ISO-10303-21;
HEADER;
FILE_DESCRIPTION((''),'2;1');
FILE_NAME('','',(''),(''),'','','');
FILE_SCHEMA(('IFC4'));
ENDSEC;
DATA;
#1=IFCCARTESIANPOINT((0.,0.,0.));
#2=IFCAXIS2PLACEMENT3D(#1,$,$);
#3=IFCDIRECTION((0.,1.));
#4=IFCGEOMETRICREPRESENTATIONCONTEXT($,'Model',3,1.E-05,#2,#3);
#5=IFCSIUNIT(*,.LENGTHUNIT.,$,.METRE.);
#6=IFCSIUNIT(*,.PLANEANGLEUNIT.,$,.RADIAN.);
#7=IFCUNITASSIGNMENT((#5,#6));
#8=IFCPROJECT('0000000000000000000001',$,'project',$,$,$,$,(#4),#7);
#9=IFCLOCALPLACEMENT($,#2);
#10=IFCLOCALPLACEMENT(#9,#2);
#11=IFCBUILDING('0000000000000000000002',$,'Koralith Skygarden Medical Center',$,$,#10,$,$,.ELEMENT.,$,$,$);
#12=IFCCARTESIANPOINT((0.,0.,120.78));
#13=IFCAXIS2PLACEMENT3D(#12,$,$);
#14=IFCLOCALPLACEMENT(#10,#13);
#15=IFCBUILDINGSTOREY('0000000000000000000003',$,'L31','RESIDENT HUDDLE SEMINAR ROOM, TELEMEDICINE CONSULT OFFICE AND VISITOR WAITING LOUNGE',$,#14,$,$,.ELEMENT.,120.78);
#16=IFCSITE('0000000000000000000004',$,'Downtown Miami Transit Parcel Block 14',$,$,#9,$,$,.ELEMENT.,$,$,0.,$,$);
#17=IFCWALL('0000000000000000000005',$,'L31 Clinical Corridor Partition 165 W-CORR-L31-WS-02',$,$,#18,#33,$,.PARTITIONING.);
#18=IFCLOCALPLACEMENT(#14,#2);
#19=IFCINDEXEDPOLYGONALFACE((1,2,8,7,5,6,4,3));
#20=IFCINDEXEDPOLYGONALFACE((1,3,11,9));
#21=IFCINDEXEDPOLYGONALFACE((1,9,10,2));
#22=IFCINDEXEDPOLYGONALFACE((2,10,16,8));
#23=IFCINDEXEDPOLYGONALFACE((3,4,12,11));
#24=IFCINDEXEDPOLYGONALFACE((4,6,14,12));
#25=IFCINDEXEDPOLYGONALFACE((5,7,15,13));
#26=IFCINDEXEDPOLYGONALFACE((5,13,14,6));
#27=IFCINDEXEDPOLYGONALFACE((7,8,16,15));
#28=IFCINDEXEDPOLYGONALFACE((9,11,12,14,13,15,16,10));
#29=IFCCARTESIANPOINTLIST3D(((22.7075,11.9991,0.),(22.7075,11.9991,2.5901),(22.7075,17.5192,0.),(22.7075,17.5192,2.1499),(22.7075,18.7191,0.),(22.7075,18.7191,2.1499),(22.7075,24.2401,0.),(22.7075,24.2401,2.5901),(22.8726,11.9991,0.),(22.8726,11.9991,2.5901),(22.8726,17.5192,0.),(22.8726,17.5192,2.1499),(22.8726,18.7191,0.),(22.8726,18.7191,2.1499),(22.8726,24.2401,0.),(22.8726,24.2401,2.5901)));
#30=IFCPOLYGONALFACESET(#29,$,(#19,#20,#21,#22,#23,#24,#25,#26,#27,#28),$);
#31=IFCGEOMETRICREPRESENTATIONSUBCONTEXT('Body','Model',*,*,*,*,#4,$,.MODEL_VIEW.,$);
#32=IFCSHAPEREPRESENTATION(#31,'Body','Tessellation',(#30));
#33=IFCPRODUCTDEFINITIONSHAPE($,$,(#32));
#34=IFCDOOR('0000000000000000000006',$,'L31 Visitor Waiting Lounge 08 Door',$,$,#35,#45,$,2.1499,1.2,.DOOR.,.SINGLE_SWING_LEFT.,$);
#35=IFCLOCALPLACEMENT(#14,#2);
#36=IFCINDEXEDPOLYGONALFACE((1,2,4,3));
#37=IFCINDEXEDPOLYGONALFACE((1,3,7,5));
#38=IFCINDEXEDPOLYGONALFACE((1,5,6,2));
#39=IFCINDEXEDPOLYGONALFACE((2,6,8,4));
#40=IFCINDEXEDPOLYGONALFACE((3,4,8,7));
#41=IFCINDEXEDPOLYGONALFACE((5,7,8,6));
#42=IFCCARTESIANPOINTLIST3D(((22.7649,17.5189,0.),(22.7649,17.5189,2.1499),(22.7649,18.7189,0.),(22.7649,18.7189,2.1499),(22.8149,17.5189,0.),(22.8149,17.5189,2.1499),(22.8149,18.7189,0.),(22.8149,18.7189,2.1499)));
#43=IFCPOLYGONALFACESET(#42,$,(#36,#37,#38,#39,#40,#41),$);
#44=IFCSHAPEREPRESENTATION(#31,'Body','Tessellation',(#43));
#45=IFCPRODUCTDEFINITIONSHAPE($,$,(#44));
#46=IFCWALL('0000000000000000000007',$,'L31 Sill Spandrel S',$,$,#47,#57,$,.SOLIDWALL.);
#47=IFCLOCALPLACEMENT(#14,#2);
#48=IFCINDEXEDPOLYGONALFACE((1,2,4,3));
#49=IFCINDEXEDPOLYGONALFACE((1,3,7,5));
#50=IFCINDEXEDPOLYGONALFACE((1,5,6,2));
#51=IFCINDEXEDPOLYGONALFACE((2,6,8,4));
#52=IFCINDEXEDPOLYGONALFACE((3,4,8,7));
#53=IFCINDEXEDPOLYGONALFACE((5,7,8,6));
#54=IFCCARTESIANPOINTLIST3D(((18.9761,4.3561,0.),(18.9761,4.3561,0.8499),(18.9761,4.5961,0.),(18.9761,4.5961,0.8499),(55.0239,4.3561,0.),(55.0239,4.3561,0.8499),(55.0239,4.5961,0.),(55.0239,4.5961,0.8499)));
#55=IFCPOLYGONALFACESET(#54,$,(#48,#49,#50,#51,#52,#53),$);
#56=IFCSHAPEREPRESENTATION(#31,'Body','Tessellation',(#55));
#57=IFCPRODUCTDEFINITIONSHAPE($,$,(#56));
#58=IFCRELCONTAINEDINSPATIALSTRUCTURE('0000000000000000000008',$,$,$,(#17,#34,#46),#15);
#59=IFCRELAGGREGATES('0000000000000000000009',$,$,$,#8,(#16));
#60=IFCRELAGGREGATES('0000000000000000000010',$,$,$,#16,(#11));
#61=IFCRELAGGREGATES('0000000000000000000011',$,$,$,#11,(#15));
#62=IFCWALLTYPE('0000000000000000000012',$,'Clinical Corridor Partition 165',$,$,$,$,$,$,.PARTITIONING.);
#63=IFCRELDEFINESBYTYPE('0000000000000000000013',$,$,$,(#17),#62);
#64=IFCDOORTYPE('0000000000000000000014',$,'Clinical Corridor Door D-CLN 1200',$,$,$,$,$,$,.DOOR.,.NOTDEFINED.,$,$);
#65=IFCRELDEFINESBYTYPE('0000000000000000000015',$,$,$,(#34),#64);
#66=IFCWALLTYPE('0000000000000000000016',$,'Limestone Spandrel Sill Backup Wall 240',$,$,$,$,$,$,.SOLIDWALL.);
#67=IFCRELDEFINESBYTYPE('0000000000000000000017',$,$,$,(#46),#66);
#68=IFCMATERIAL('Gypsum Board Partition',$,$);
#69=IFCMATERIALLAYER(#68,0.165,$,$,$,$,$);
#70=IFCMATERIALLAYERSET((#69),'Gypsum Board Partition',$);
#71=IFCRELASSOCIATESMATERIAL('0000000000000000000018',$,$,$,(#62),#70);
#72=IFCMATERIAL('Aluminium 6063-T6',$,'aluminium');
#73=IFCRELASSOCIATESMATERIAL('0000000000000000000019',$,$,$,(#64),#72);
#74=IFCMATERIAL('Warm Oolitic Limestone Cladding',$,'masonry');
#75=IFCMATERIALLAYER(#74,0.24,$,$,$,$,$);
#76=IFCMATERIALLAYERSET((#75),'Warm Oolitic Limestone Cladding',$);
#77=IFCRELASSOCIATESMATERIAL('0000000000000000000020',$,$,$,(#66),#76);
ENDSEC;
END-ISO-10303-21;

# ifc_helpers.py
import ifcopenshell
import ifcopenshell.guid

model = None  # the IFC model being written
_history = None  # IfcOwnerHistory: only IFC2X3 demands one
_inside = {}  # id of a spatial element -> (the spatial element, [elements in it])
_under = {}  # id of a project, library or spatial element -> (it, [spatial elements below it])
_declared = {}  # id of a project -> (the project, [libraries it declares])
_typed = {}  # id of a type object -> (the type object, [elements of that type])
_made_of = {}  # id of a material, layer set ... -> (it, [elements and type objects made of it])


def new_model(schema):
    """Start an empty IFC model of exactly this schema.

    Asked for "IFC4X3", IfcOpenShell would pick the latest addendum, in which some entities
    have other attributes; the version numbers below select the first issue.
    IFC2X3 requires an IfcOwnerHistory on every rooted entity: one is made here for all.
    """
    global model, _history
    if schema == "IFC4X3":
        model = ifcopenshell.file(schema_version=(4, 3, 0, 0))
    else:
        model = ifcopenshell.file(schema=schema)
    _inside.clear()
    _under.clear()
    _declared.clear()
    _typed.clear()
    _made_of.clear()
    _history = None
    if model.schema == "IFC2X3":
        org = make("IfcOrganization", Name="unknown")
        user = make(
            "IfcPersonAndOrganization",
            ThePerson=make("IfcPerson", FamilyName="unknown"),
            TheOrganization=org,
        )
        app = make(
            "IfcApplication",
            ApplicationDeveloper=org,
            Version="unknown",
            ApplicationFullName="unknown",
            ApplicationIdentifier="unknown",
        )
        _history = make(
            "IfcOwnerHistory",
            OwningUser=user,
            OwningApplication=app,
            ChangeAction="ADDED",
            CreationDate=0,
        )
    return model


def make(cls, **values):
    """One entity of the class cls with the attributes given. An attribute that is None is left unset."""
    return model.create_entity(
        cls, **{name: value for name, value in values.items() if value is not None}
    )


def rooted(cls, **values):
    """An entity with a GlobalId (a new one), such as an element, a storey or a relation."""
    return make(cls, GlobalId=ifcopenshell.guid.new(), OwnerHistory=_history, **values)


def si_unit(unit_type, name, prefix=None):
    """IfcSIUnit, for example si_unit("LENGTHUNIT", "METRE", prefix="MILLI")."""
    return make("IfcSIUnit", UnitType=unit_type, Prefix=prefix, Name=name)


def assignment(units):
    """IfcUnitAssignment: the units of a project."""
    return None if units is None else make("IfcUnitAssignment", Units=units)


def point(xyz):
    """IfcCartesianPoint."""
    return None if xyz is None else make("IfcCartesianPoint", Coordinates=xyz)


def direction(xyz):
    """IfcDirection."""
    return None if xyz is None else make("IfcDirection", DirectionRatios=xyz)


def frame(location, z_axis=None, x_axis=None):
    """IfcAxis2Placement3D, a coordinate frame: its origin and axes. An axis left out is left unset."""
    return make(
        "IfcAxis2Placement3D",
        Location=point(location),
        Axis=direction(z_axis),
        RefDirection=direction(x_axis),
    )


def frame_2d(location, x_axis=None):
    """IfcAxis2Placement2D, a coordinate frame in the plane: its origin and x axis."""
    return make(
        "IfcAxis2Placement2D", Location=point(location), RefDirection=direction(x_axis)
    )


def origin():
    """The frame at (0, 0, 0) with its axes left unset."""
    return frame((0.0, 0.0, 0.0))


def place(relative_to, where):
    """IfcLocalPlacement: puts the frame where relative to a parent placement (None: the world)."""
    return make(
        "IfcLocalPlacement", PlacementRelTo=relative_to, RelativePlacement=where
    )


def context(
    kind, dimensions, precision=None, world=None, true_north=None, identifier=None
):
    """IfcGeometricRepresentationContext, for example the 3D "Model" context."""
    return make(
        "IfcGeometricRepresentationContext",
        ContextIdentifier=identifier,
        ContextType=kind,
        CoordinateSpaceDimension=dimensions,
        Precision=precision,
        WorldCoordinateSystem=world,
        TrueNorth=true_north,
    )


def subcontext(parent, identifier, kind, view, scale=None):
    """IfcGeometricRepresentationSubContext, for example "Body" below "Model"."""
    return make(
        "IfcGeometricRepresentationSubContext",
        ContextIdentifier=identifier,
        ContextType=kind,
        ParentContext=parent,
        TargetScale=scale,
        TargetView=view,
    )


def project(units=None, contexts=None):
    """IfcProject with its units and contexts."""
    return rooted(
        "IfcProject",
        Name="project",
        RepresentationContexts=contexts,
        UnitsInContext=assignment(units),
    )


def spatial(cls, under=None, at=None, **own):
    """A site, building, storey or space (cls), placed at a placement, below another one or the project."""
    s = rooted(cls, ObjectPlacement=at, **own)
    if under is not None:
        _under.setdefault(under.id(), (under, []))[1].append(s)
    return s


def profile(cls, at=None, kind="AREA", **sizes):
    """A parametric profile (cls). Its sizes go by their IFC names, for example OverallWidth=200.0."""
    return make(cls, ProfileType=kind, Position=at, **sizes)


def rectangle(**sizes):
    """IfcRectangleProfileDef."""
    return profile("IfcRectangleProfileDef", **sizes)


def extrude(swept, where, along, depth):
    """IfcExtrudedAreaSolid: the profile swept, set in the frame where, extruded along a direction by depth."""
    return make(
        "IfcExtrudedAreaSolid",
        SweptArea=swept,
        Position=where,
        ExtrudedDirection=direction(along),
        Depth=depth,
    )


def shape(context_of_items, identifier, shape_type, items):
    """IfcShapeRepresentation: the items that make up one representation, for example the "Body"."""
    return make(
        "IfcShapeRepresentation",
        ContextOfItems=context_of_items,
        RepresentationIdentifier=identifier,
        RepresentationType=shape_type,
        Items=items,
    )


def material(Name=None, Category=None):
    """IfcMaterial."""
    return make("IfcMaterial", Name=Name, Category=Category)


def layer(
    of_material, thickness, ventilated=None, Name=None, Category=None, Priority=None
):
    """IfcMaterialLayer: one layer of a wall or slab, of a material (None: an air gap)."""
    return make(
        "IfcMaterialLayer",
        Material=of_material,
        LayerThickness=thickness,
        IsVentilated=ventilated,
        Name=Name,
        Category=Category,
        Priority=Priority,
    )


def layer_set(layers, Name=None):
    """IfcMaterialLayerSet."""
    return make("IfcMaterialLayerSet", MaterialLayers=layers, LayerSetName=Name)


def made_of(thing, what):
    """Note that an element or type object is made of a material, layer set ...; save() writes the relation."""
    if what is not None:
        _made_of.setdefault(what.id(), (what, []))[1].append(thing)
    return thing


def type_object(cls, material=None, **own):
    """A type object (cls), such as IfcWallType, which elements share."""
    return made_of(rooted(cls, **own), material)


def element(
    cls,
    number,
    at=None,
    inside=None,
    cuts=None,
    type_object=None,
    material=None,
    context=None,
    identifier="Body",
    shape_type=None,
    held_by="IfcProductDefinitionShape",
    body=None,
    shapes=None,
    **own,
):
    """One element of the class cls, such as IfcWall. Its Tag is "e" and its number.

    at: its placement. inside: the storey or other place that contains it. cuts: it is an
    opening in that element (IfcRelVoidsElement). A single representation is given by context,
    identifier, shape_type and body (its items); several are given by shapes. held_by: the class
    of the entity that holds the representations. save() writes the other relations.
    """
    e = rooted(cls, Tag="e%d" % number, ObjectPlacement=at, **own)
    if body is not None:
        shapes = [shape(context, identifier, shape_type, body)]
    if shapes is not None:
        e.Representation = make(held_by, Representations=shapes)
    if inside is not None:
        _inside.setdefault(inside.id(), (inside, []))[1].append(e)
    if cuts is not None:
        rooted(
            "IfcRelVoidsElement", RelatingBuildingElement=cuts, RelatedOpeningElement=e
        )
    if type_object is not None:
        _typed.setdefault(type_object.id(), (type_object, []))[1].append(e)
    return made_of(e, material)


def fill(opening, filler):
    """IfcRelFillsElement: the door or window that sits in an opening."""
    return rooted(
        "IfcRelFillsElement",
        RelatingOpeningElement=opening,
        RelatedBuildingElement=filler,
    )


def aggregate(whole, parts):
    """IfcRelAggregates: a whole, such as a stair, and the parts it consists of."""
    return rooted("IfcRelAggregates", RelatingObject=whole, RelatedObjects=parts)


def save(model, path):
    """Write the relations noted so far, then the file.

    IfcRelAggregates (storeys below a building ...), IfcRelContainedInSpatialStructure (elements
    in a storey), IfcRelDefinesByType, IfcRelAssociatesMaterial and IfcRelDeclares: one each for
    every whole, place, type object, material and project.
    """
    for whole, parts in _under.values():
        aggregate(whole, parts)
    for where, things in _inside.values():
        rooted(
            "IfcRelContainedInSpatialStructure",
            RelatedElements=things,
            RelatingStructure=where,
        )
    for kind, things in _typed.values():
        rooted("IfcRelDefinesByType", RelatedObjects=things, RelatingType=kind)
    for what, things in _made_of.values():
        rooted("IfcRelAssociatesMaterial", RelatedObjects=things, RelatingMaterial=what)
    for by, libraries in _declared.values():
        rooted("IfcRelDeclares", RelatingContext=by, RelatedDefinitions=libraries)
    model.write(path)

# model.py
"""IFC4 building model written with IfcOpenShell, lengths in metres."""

from ifc_helpers import new_model, si_unit, direction, frame, frame_2d, origin, place, context, subcontext, project, spatial, rectangle, extrude, material, layer, layer_set, type_object, element, fill, save


model = new_model("IFC4")

# Units and contexts
model_context = context("Model", 3, precision=1e-05, world=origin(), true_north=direction((0.0, 1.0)))
body_context = subcontext(model_context, "Body", "Model", "MODEL_VIEW")
ifc_project = project(units=[si_unit("LENGTHUNIT", "METRE"), si_unit("PLANEANGLEUNIT", "RADIAN")], contexts=[model_context])

# Site, building, storey
site_placement = place(None, origin())
site = spatial("IfcSite", under=ifc_project, at=site_placement, Name="Downtown Miami Transit Parcel Block 14", CompositionType="ELEMENT", RefElevation=0.0)
building_placement = place(site_placement, origin())
building = spatial("IfcBuilding", under=site, at=building_placement, Name="Koralith Skygarden Medical Center", CompositionType="ELEMENT")
storey_placement = place(building_placement, frame((0.0, 0.0, 120.78)))
storey = spatial("IfcBuildingStorey", under=building, at=storey_placement, Name="L31", Description="RESIDENT HUDDLE SEMINAR ROOM, TELEMEDICINE CONSULT OFFICE AND VISITOR WAITING LOUNGE", CompositionType="ELEMENT", Elevation=120.78)

# Shared definitions
ifc_material_1 = material(Name="Aluminium 6063-T6", Category="aluminium")

# Shared definitions
ifc_material_2 = material(Name="Gypsum Board Partition")
ifc_layer_1 = layer(ifc_material_2, 0.165)
ifc_layer_set_1 = layer_set([ifc_layer_1], Name="Gypsum Board Partition")
wall_type_1 = type_object("IfcWallType", Name="Clinical Corridor Partition 165", PredefinedType="PARTITIONING", material=ifc_layer_set_1)

# Wall, opening, door
door_type = type_object("IfcDoorType", Name="Clinical Corridor Door D-CLN 1200", OperationType="NOTDEFINED", PredefinedType="DOOR", material=ifc_material_1)
wall_1_placement = place(storey_placement, frame((22.79, 11.999, 0.0), z_axis=(0.0, 0.0, 1.0), x_axis=(0.0, 1.0, 0.0)))
wall_1 = element("IfcWall", 1, at=wall_1_placement, inside=storey, type_object=wall_type_1, Name="L31 Clinical Corridor Partition 165 W-CORR-L31-WS-02", PredefinedType="PARTITIONING", context=body_context, shape_type="SweptSolid", body=[
    extrude(rectangle(XDim=12.241, YDim=0.165, at=frame_2d((6.1206, 0.0))), origin(), (0.0, 0.0, 1.0), 2.5901),
])
opening_1_placement = place(wall_1_placement, frame((5.52, 0.0, 0.0)))
opening_1 = element("IfcOpeningElement", 2, at=opening_1_placement, cuts=wall_1, PredefinedType="OPENING", context=body_context, shape_type="SweptSolid", body=[
    extrude(rectangle(XDim=1.2, YDim=2.1499, at=frame_2d((0.6001, 1.075))), frame((0.0, 0.0925, 0.0), z_axis=(0.0, -1.0, 0.0), x_axis=(1.0, 0.0, 0.0)), (0.0, 0.0, 1.0), 0.1851),
])
door_1_placement = place(opening_1_placement, frame((1.2, 0.0, 0.0), z_axis=(0.0, 0.0, 1.0), x_axis=(-1.0, 0.0, 0.0)))
door_1 = element("IfcDoor", 3, at=door_1_placement, inside=storey, type_object=door_type, Name="L31 Visitor Waiting Lounge 08 Door", OperationType="SINGLE_SWING_LEFT", OverallHeight=2.1499, OverallWidth=1.2, PredefinedType="DOOR", context=body_context, shape_type="SweptSolid", body=[
    extrude(rectangle(XDim=1.2, YDim=2.1499, at=frame_2d((0.6001, 1.075))), frame((0.0, 0.0249, 0.0), z_axis=(0.0, -1.0, 0.0), x_axis=(1.0, 0.0, 0.0)), (0.0, 0.0, 1.0), 0.05),
])
fill(opening_1, door_1)

# Wall
ifc_material_3 = material(Name="Warm Oolitic Limestone Cladding", Category="masonry")
ifc_layer_2 = layer(ifc_material_3, 0.24)
ifc_layer_set_2 = layer_set([ifc_layer_2], Name="Warm Oolitic Limestone Cladding")
wall_type_2 = type_object("IfcWallType", Name="Limestone Spandrel Sill Backup Wall 240", PredefinedType="SOLIDWALL", material=ifc_layer_set_2)
wall_2_placement = place(storey_placement, frame((18.9761, 4.4761, 0.0), z_axis=(0.0, 0.0, 1.0), x_axis=(1.0, 0.0, 0.0)))
element("IfcWall", 4, at=wall_2_placement, inside=storey, type_object=wall_type_2, Name="L31 Sill Spandrel S", PredefinedType="SOLIDWALL", context=body_context, shape_type="SweptSolid", body=[
    extrude(rectangle(XDim=36.0479, YDim=0.24, at=frame_2d((18.0239, 0.0))), origin(), (0.0, 0.0, 1.0), 0.8499),
])

save(model, "model.ifc")
